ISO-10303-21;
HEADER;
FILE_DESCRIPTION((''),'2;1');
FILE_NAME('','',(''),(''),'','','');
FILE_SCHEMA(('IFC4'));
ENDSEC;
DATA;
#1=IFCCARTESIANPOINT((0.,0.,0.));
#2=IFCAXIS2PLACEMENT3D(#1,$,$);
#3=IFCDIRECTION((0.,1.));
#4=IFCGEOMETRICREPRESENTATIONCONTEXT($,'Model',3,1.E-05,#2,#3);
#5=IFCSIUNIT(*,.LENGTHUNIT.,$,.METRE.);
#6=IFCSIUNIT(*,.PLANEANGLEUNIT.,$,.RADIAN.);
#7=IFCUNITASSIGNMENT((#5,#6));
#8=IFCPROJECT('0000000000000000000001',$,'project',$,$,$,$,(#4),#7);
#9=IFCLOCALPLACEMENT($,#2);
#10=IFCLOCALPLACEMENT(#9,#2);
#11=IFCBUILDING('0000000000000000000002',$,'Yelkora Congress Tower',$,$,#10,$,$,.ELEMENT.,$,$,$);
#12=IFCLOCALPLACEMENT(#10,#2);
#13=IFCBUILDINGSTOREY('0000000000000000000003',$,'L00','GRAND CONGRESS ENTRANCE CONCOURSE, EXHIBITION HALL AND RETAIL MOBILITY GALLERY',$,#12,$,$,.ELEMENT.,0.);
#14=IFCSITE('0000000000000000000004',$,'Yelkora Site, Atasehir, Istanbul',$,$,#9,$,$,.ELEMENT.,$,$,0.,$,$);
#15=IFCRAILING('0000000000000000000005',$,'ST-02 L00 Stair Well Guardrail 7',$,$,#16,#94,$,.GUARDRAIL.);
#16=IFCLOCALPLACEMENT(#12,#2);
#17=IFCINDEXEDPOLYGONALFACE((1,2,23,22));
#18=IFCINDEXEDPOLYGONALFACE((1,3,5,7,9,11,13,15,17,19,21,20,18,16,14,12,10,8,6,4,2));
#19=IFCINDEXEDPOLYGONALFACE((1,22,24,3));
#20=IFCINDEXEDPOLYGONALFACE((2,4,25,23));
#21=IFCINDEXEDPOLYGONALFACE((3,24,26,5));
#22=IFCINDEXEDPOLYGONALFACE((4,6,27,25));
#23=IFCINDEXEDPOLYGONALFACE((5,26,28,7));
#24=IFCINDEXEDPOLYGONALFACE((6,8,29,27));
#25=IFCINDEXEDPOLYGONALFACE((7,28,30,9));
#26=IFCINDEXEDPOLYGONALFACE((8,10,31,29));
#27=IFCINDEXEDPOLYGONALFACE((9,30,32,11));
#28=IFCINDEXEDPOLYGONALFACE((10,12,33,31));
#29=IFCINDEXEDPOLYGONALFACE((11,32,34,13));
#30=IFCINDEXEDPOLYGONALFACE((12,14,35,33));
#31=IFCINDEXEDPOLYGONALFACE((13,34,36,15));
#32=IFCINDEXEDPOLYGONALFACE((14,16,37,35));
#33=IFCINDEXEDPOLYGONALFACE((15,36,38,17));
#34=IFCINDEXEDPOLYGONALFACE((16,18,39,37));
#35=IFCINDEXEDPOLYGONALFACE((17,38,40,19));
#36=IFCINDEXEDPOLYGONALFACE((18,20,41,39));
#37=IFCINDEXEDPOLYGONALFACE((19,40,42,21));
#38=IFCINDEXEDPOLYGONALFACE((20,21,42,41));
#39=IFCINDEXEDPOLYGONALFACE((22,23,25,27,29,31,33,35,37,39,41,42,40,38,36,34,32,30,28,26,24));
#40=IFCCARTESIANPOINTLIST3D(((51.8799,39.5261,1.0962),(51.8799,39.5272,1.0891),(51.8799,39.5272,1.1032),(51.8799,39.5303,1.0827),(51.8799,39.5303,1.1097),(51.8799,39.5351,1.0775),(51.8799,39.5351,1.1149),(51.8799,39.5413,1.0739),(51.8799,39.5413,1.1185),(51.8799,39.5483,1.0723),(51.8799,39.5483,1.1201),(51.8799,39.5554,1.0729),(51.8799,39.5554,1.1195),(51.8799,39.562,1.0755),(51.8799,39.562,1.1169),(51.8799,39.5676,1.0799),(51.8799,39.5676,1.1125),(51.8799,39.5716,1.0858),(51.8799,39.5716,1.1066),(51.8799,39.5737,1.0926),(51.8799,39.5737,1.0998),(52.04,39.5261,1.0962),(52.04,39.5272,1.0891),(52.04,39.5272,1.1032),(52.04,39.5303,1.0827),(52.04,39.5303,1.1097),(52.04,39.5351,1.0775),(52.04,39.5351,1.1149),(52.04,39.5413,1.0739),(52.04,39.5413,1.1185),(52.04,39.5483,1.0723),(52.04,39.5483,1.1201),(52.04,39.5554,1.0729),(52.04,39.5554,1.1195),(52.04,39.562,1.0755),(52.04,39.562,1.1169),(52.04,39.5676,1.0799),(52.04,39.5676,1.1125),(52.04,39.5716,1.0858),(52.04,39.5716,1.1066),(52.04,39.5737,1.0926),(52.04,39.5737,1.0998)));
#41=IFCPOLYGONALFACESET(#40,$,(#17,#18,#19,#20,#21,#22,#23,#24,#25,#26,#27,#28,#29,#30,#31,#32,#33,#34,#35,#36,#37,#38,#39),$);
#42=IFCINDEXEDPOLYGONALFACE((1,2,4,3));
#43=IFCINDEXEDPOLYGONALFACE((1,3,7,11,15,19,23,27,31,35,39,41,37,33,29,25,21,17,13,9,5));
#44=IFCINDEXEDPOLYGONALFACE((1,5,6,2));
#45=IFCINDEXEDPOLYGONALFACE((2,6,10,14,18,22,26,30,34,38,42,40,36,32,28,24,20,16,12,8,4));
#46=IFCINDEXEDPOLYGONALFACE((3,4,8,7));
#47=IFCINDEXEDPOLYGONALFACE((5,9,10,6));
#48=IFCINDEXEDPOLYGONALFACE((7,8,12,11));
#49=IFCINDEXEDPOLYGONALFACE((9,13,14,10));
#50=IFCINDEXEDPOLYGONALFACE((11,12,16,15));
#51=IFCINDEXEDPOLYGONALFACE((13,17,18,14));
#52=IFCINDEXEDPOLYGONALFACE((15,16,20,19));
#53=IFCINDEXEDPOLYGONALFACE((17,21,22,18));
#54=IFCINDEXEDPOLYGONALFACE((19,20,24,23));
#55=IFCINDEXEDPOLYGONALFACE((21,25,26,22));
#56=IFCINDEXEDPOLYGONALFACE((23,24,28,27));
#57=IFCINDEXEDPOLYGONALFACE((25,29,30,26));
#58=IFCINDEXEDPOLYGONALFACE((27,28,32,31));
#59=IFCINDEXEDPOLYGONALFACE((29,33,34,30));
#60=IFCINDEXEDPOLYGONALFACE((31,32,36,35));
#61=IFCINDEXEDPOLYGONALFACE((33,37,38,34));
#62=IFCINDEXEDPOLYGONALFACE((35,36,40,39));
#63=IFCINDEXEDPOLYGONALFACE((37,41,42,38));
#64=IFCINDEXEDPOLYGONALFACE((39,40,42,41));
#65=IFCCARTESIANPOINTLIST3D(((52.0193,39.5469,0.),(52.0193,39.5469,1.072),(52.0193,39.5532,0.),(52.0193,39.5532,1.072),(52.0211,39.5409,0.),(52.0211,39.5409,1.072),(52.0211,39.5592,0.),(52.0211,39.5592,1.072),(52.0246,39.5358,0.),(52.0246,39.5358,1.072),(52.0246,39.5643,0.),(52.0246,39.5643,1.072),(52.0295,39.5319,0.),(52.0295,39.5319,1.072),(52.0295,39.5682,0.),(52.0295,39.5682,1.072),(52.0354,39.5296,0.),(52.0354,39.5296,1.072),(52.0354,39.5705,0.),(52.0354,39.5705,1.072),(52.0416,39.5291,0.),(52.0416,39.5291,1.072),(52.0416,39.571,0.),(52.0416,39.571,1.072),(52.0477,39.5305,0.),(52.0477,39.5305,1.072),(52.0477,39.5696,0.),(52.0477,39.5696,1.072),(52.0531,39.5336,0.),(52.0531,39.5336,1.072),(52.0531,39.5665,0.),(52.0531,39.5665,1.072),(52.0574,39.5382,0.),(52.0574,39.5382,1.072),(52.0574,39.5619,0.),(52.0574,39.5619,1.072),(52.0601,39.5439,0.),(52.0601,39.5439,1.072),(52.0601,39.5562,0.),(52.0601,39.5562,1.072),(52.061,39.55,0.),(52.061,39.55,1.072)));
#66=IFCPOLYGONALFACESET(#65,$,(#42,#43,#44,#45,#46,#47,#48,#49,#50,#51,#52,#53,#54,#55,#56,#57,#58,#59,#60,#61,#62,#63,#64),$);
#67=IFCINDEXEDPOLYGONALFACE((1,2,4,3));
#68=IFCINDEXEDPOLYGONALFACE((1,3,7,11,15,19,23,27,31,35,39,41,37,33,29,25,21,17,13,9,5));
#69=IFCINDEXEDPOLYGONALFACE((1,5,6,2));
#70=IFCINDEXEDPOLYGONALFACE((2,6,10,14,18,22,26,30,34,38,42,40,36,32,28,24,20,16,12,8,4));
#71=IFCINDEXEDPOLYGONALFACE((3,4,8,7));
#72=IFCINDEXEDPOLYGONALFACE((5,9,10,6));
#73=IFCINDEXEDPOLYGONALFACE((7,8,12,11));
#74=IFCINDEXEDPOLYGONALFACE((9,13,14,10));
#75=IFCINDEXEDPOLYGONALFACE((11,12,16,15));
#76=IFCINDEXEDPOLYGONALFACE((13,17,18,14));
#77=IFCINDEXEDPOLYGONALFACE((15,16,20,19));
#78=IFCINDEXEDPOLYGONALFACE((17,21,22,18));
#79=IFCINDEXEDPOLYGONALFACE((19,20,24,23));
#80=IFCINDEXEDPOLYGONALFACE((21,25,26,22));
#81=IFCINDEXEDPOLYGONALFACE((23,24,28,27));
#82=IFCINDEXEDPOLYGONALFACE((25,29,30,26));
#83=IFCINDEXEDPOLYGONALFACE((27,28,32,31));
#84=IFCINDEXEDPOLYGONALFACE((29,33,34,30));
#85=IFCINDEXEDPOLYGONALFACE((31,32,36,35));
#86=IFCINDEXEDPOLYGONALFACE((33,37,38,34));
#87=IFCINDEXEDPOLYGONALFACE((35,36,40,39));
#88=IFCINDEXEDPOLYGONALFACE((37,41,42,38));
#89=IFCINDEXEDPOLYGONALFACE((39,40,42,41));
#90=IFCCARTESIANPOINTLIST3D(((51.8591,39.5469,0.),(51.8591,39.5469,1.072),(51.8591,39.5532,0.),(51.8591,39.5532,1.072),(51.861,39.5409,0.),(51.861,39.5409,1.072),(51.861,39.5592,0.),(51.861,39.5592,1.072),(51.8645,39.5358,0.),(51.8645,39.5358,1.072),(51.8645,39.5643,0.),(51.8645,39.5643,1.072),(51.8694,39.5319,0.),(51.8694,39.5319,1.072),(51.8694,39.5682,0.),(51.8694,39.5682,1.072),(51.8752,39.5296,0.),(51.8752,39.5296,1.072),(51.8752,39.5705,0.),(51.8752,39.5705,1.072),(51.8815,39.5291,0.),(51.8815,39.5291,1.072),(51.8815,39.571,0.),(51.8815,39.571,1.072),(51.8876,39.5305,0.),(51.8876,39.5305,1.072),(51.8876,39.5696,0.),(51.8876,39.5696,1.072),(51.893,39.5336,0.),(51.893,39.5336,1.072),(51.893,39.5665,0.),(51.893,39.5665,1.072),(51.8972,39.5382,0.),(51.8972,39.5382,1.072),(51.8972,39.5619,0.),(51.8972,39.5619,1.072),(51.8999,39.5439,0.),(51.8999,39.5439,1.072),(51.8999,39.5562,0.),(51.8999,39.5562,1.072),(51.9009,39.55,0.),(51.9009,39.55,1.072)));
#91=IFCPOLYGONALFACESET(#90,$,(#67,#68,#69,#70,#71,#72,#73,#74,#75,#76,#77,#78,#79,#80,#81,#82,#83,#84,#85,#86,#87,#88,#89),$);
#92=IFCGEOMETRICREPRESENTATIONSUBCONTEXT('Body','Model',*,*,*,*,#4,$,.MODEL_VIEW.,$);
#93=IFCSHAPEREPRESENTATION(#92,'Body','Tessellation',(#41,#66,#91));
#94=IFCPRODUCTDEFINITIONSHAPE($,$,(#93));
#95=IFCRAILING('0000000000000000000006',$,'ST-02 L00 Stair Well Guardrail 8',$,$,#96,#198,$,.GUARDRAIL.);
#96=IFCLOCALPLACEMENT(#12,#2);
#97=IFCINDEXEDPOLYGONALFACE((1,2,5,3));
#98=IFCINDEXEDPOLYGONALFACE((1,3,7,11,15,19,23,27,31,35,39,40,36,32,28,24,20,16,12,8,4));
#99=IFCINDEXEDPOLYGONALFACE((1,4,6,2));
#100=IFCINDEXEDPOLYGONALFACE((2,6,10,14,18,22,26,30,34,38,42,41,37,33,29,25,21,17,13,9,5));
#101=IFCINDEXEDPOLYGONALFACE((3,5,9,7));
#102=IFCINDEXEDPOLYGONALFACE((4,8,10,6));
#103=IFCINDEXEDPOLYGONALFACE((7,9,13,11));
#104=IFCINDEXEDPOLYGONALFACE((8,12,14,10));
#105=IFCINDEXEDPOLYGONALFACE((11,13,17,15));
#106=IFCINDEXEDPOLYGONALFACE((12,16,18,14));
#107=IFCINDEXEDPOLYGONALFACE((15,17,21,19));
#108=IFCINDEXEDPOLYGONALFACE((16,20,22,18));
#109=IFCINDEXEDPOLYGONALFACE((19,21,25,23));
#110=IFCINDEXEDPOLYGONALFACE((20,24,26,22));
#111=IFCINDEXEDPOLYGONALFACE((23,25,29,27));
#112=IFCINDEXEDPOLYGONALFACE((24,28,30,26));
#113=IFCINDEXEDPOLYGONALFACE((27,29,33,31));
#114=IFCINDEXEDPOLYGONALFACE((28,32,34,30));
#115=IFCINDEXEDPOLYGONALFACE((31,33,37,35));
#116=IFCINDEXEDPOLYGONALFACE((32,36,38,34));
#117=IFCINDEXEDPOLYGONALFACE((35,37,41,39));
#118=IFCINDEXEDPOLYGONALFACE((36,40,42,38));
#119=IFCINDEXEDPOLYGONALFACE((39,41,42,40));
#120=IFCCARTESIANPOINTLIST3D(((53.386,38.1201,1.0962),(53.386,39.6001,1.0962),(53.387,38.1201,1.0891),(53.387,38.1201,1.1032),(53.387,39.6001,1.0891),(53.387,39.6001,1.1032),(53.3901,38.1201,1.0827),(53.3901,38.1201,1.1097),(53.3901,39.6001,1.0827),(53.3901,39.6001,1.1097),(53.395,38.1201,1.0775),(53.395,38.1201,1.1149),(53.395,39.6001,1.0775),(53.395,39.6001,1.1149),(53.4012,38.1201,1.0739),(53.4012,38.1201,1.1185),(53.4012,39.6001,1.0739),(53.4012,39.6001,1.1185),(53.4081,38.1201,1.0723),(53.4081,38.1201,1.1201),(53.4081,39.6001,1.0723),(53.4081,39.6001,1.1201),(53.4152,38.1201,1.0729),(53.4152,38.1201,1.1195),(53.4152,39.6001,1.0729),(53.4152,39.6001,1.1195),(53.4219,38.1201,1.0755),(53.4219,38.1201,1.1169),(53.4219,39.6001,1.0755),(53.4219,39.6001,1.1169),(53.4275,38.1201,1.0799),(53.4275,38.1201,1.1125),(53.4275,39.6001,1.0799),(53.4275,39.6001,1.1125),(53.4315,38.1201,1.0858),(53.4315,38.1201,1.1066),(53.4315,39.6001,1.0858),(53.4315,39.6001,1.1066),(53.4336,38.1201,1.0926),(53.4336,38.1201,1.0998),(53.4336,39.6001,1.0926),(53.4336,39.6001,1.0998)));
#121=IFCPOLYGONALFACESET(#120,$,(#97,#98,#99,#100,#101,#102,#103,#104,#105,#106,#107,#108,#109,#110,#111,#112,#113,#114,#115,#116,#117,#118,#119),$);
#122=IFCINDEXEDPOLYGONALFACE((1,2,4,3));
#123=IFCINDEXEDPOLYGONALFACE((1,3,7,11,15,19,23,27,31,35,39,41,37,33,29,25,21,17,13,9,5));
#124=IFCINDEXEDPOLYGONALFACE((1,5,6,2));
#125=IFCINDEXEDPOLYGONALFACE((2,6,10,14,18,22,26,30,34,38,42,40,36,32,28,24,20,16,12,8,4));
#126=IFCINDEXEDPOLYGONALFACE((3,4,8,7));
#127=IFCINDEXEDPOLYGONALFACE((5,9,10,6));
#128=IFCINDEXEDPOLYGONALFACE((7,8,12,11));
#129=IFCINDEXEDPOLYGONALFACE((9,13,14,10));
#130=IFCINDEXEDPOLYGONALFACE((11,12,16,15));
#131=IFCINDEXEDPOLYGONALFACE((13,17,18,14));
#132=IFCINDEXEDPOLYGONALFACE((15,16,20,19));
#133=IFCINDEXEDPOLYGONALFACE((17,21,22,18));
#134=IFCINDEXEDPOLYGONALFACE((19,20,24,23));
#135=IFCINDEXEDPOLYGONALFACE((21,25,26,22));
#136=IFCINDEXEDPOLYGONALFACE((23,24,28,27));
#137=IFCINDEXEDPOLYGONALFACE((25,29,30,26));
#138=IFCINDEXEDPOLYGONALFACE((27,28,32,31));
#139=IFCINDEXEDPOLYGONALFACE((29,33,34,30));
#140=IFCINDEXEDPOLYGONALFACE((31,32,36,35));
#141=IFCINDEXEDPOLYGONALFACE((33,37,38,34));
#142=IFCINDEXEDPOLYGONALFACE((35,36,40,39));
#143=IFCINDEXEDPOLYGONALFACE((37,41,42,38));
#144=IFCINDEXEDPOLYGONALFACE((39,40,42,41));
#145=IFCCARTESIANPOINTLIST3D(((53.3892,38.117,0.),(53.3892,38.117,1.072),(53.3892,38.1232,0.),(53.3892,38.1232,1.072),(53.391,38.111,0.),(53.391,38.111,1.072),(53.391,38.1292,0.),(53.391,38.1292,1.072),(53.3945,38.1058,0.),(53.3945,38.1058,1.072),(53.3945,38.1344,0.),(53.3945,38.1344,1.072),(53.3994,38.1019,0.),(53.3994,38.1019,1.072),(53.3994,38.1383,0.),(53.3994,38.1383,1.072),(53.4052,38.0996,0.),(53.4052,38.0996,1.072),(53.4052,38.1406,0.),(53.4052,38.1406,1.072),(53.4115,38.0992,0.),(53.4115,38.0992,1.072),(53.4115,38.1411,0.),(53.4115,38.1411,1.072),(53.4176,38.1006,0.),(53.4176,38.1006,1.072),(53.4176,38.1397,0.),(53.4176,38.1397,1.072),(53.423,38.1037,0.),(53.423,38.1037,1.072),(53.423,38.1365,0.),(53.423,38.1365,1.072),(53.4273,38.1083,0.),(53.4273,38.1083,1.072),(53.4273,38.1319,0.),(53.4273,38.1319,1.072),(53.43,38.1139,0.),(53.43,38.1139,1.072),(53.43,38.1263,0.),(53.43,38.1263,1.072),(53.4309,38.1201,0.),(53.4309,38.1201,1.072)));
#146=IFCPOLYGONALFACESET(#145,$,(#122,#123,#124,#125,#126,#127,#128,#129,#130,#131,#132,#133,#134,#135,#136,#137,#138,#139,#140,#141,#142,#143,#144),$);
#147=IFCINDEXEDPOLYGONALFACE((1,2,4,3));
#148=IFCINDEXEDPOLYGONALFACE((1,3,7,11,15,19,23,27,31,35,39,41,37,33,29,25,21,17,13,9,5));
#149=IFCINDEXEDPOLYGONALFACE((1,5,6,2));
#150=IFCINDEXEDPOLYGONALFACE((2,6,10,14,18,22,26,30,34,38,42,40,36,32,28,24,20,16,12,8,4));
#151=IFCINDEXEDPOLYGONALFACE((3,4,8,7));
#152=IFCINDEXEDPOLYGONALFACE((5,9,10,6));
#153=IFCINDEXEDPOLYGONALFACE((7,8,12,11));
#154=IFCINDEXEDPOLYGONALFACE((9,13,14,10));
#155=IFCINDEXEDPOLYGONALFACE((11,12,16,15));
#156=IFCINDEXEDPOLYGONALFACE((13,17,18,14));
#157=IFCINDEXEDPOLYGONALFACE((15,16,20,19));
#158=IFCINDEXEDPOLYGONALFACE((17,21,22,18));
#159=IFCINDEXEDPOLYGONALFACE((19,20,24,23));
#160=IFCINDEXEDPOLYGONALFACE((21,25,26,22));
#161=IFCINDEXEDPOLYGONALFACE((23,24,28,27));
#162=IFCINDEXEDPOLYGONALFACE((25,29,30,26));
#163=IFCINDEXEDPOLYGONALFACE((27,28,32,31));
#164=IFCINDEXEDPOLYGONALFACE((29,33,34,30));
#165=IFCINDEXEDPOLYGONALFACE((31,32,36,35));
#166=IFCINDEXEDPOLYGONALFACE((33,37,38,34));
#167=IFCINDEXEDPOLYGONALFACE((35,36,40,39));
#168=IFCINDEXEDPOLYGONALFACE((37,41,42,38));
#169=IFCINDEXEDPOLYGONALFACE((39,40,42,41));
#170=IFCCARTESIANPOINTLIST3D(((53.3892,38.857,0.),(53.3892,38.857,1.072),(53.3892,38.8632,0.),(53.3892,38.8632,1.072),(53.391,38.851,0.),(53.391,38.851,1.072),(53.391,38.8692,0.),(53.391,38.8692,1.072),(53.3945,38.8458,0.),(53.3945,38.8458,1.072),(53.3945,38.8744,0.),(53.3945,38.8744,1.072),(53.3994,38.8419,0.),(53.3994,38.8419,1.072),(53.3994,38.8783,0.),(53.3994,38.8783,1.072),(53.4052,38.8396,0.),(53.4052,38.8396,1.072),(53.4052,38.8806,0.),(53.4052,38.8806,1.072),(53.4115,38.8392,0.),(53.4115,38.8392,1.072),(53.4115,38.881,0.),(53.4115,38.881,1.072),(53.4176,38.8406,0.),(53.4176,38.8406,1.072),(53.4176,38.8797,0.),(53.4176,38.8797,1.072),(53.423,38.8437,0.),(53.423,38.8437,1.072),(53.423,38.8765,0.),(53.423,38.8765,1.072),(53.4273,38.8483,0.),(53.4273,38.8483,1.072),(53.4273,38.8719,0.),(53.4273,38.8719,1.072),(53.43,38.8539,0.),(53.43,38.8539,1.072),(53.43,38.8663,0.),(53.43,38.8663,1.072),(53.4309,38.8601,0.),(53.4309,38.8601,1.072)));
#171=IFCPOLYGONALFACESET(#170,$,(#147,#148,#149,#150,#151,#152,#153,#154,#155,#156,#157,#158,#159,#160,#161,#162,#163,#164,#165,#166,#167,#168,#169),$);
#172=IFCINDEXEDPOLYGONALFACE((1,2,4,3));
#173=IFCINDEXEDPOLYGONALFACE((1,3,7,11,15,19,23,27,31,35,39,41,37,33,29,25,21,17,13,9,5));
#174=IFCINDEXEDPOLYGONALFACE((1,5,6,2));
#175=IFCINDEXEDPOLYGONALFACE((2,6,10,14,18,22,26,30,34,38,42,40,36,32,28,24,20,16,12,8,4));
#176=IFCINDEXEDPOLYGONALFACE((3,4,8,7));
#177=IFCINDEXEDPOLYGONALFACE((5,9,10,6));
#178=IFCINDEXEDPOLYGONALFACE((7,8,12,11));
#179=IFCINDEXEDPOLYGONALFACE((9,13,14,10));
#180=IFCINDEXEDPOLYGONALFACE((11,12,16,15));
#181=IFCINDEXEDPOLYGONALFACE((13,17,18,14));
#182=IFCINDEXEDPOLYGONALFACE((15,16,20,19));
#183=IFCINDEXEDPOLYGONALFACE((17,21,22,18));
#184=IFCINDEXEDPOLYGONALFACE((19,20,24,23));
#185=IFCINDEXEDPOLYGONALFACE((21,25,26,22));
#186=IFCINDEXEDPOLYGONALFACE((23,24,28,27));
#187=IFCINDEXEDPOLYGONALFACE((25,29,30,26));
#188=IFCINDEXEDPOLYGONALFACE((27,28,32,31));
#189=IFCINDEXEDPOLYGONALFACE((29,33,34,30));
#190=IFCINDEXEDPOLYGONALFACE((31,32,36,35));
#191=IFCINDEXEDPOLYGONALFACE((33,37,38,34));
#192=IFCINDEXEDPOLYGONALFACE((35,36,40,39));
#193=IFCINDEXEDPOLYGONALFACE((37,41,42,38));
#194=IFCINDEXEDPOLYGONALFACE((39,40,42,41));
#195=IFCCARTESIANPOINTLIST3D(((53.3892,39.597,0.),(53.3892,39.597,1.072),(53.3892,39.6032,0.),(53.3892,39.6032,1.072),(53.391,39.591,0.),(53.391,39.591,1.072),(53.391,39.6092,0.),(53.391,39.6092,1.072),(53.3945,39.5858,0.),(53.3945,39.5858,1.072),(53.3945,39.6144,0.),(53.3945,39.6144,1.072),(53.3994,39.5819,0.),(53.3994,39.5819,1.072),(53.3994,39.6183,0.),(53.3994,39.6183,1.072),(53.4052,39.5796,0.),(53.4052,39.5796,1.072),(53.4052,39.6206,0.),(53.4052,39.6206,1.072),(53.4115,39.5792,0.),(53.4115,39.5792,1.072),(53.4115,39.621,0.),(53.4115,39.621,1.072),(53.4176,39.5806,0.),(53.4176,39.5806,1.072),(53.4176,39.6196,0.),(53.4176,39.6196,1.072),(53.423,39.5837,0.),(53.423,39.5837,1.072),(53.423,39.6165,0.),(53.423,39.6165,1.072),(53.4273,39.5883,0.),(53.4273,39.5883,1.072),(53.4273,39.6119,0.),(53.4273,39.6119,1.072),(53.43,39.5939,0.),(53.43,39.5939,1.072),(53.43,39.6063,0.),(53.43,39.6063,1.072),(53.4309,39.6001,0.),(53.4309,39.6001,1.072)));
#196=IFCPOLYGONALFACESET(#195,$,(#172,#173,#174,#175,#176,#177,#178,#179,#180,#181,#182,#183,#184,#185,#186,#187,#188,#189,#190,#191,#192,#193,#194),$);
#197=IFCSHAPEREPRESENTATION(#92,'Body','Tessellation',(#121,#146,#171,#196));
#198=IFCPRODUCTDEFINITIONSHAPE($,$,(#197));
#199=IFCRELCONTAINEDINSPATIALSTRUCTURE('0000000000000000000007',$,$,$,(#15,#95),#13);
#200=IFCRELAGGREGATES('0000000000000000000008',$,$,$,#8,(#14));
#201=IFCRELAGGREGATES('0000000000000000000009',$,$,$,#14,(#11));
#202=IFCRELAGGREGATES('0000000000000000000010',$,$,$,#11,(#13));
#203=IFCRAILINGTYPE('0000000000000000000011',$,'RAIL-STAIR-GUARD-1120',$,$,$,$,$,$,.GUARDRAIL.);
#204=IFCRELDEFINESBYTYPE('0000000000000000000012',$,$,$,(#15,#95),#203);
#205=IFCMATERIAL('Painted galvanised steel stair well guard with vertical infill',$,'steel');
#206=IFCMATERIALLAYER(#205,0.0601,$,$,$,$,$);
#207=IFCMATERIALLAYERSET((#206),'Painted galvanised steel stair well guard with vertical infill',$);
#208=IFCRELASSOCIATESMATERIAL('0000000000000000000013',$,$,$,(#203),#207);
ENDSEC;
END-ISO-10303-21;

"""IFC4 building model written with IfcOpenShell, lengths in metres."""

from ifc_helpers import new_model, si_unit, direction, frame, origin, origin_2d, place, context, subcontext, project, spatial, circle, extrude, material, layer, layer_set, type_object, element, save


model = new_model("IFC4")

# Units and contexts
model_context = context("Model", 3, precision=1e-05, world=origin(), true_north=direction((0.0, 1.0)))
body_context = subcontext(model_context, "Body", "Model", "MODEL_VIEW")
ifc_project = project(units=[si_unit("LENGTHUNIT", "METRE"), si_unit("PLANEANGLEUNIT", "RADIAN")], contexts=[model_context])

# Site, building, storey
site_placement = place(None, origin())
site = spatial("IfcSite", under=ifc_project, at=site_placement, Name="Yelkora Site, Atasehir, Istanbul", CompositionType="ELEMENT", RefElevation=0.0)
building_placement = place(site_placement, origin())
building = spatial("IfcBuilding", under=site, at=building_placement, Name="Yelkora Congress Tower", CompositionType="ELEMENT")
storey_placement = place(building_placement, origin())
storey = spatial("IfcBuildingStorey", under=building, at=storey_placement, Name="L00", Description="GRAND CONGRESS ENTRANCE CONCOURSE, EXHIBITION HALL AND RETAIL MOBILITY GALLERY", CompositionType="ELEMENT", Elevation=0.0)

# Railings
ifc_material_1 = material(Name="Painted galvanised steel stair well guard with vertical infill", Category="steel")
ifc_layer_1 = layer(ifc_material_1, 0.0601)
ifc_layer_set_1 = layer_set([ifc_layer_1], Name="Painted galvanised steel stair well guard with vertical infill")
railing_type_1 = type_object("IfcRailingType", Name="RAIL-STAIR-GUARD-1120", PredefinedType="GUARDRAIL", material=ifc_layer_set_1)
railing_1_placement = place(storey_placement, frame((52.04, 39.55, 0.0)))
element("IfcRailing", 1, at=railing_1_placement, inside=storey, type_object=railing_type_1, Name="ST-02 L00 Stair Well Guardrail 7", PredefinedType="GUARDRAIL", context=body_context, shape_type="SweptSolid", body=[
    extrude(circle(Radius=0.0239, at=origin_2d()), frame((0.0, 0.0, 1.0962), z_axis=(-1.0, 0.0, 0.0), x_axis=(0.0, -1.0, 0.0)), (0.0, 0.0, 1.0), 0.1602),
    extrude(circle(Radius=0.021, at=origin_2d()), origin(), (0.0, 0.0, 1.0), 1.072),
    extrude(circle(Radius=0.021, at=origin_2d()), frame((-0.1602, 0.0, 0.0)), (0.0, 0.0, 1.0), 1.072),
])
for number, where, name in (
    (2, (53.4099, 38.1201, 0.0), "ST-02 L00 Stair Well Guardrail 8"),
):
    element("IfcRailing", number, at=place(storey_placement, frame(where)), inside=storey, type_object=railing_type_1, Name=name, PredefinedType="GUARDRAIL", context=body_context, shape_type="SweptSolid", body=[
        extrude(circle(Radius=0.0239, at=origin_2d()), frame((0.0, 0.0, 1.0962), z_axis=(0.0, 1.0, 0.0), x_axis=(-1.0, 0.0, 0.0)), (0.0, 0.0, 1.0), 1.48),
        extrude(circle(Radius=0.021, at=origin_2d()), origin(), (0.0, 0.0, 1.0), 1.072),
        extrude(circle(Radius=0.021, at=origin_2d()), frame((0.0, 0.74, 0.0)), (0.0, 0.0, 1.0), 1.072),
        extrude(circle(Radius=0.021, at=origin_2d()), frame((0.0, 1.48, 0.0)), (0.0, 0.0, 1.0), 1.072),
    ])

save(model, "model.ifc")
